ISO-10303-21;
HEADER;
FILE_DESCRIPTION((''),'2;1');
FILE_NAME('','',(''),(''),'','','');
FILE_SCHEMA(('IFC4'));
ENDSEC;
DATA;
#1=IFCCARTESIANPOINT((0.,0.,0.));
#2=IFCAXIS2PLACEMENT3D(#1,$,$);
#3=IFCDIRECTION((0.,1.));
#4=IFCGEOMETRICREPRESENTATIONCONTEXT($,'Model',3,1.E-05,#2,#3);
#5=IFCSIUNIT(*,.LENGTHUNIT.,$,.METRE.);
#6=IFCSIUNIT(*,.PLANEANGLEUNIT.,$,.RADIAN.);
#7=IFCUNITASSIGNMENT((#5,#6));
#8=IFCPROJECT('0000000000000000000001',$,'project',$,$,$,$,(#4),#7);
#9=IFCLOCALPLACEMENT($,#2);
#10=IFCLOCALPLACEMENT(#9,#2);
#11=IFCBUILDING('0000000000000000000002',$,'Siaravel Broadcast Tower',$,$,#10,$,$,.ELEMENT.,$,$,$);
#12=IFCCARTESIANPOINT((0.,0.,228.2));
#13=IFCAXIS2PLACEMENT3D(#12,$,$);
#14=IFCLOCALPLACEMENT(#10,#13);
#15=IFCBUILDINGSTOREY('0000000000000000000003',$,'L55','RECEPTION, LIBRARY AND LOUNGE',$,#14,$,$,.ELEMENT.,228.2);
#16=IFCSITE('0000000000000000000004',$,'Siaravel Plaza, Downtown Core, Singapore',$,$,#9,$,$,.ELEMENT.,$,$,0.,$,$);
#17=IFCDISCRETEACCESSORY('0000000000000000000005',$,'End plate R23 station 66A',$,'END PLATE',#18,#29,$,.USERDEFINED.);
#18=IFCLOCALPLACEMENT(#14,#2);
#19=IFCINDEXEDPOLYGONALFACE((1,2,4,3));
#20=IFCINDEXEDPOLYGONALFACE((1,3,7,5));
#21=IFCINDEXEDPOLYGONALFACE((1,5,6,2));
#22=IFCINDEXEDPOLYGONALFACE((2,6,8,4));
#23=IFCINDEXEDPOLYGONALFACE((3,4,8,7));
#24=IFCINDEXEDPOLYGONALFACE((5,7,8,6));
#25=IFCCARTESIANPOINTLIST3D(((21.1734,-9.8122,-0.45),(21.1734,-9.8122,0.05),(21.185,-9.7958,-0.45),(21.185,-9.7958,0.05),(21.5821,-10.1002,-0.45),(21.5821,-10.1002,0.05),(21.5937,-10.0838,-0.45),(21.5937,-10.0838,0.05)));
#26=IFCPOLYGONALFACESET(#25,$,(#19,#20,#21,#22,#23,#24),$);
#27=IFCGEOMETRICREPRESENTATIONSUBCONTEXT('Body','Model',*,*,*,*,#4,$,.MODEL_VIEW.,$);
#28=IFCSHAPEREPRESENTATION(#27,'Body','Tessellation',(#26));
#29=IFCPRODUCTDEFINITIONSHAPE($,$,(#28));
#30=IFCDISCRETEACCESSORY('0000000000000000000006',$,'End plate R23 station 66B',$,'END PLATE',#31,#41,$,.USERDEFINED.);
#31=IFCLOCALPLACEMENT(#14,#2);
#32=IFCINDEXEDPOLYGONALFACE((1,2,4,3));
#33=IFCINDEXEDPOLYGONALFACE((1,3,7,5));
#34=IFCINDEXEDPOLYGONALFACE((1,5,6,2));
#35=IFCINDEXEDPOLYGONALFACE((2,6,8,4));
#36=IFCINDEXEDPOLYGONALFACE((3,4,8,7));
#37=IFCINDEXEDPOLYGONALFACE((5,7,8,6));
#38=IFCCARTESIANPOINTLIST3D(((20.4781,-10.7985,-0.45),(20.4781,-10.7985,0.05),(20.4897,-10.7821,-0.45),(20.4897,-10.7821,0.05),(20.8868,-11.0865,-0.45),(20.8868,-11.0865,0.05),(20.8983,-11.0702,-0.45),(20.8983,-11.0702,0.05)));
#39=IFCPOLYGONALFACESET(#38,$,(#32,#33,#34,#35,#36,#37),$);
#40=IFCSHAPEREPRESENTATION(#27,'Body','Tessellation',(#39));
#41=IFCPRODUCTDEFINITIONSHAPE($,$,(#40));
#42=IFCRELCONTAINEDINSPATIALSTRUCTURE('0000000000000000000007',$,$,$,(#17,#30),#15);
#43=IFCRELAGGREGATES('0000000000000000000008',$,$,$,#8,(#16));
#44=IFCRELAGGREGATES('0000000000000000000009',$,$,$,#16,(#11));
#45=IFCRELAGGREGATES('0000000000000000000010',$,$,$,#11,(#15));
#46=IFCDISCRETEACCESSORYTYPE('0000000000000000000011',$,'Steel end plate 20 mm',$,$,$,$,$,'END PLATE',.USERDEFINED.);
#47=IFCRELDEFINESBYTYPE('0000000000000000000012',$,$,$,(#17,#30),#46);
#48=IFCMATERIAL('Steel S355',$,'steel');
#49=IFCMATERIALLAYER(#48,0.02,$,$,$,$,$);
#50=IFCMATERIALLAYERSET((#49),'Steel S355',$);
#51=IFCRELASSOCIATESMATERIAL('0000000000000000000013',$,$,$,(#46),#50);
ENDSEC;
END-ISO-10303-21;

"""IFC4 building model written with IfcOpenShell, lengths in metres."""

from ifc_helpers import new_model, si_unit, direction, frame, origin, origin_2d, place, context, subcontext, project, spatial, rectangle, extrude, material, layer, layer_set, type_object, element, save


model = new_model("IFC4")

# Units and contexts
model_context = context("Model", 3, precision=1e-05, world=origin(), true_north=direction((0.0, 1.0)))
body_context = subcontext(model_context, "Body", "Model", "MODEL_VIEW")
ifc_project = project(units=[si_unit("LENGTHUNIT", "METRE"), si_unit("PLANEANGLEUNIT", "RADIAN")], contexts=[model_context])

# Site, building, storey
site_placement = place(None, origin())
site = spatial("IfcSite", under=ifc_project, at=site_placement, Name="Siaravel Plaza, Downtown Core, Singapore", CompositionType="ELEMENT", RefElevation=0.0)
building_placement = place(site_placement, origin())
building = spatial("IfcBuilding", under=site, at=building_placement, Name="Siaravel Broadcast Tower", CompositionType="ELEMENT")
storey_placement = place(building_placement, frame((0.0, 0.0, 228.2)))
storey = spatial("IfcBuildingStorey", under=building, at=storey_placement, Name="L55", Description="RECEPTION, LIBRARY AND LOUNGE", CompositionType="ELEMENT", Elevation=228.2)

# Shared definitions
ifc_material_1 = material(Name="Steel S355", Category="steel")

# Discrete accessories
ifc_layer_1 = layer(ifc_material_1, 0.02)
ifc_layer_set_1 = layer_set([ifc_layer_1], Name="Steel S355")
discrete_accessory_type_1 = type_object("IfcDiscreteAccessoryType", Name="Steel end plate 20 mm", ElementType="END PLATE", PredefinedType="USERDEFINED", material=ifc_layer_set_1)
for number, where, z_axis, x_axis, name in (
    (1, (21.3835, -9.948, -0.45), (0.0, 0.0, 1.0), (0.576119, 0.817366, 0.0), "End plate R23 station 66A"),
    (2, (20.6882, -10.9343, -0.45), (0.0, 0.0, 1.0), (0.576119, 0.817366, 0.0), "End plate R23 station 66B"),
):
    element("IfcDiscreteAccessory", number, at=place(storey_placement, frame(where, z_axis=z_axis, x_axis=x_axis)), inside=storey, type_object=discrete_accessory_type_1, Name=name, ObjectType="END PLATE", PredefinedType="USERDEFINED", context=body_context, shape_type="SweptSolid", body=[
        extrude(rectangle(XDim=0.02, YDim=0.5, at=origin_2d()), origin(), (0.0, 0.0, 1.0), 0.5),
    ])

save(model, "model.ifc")
